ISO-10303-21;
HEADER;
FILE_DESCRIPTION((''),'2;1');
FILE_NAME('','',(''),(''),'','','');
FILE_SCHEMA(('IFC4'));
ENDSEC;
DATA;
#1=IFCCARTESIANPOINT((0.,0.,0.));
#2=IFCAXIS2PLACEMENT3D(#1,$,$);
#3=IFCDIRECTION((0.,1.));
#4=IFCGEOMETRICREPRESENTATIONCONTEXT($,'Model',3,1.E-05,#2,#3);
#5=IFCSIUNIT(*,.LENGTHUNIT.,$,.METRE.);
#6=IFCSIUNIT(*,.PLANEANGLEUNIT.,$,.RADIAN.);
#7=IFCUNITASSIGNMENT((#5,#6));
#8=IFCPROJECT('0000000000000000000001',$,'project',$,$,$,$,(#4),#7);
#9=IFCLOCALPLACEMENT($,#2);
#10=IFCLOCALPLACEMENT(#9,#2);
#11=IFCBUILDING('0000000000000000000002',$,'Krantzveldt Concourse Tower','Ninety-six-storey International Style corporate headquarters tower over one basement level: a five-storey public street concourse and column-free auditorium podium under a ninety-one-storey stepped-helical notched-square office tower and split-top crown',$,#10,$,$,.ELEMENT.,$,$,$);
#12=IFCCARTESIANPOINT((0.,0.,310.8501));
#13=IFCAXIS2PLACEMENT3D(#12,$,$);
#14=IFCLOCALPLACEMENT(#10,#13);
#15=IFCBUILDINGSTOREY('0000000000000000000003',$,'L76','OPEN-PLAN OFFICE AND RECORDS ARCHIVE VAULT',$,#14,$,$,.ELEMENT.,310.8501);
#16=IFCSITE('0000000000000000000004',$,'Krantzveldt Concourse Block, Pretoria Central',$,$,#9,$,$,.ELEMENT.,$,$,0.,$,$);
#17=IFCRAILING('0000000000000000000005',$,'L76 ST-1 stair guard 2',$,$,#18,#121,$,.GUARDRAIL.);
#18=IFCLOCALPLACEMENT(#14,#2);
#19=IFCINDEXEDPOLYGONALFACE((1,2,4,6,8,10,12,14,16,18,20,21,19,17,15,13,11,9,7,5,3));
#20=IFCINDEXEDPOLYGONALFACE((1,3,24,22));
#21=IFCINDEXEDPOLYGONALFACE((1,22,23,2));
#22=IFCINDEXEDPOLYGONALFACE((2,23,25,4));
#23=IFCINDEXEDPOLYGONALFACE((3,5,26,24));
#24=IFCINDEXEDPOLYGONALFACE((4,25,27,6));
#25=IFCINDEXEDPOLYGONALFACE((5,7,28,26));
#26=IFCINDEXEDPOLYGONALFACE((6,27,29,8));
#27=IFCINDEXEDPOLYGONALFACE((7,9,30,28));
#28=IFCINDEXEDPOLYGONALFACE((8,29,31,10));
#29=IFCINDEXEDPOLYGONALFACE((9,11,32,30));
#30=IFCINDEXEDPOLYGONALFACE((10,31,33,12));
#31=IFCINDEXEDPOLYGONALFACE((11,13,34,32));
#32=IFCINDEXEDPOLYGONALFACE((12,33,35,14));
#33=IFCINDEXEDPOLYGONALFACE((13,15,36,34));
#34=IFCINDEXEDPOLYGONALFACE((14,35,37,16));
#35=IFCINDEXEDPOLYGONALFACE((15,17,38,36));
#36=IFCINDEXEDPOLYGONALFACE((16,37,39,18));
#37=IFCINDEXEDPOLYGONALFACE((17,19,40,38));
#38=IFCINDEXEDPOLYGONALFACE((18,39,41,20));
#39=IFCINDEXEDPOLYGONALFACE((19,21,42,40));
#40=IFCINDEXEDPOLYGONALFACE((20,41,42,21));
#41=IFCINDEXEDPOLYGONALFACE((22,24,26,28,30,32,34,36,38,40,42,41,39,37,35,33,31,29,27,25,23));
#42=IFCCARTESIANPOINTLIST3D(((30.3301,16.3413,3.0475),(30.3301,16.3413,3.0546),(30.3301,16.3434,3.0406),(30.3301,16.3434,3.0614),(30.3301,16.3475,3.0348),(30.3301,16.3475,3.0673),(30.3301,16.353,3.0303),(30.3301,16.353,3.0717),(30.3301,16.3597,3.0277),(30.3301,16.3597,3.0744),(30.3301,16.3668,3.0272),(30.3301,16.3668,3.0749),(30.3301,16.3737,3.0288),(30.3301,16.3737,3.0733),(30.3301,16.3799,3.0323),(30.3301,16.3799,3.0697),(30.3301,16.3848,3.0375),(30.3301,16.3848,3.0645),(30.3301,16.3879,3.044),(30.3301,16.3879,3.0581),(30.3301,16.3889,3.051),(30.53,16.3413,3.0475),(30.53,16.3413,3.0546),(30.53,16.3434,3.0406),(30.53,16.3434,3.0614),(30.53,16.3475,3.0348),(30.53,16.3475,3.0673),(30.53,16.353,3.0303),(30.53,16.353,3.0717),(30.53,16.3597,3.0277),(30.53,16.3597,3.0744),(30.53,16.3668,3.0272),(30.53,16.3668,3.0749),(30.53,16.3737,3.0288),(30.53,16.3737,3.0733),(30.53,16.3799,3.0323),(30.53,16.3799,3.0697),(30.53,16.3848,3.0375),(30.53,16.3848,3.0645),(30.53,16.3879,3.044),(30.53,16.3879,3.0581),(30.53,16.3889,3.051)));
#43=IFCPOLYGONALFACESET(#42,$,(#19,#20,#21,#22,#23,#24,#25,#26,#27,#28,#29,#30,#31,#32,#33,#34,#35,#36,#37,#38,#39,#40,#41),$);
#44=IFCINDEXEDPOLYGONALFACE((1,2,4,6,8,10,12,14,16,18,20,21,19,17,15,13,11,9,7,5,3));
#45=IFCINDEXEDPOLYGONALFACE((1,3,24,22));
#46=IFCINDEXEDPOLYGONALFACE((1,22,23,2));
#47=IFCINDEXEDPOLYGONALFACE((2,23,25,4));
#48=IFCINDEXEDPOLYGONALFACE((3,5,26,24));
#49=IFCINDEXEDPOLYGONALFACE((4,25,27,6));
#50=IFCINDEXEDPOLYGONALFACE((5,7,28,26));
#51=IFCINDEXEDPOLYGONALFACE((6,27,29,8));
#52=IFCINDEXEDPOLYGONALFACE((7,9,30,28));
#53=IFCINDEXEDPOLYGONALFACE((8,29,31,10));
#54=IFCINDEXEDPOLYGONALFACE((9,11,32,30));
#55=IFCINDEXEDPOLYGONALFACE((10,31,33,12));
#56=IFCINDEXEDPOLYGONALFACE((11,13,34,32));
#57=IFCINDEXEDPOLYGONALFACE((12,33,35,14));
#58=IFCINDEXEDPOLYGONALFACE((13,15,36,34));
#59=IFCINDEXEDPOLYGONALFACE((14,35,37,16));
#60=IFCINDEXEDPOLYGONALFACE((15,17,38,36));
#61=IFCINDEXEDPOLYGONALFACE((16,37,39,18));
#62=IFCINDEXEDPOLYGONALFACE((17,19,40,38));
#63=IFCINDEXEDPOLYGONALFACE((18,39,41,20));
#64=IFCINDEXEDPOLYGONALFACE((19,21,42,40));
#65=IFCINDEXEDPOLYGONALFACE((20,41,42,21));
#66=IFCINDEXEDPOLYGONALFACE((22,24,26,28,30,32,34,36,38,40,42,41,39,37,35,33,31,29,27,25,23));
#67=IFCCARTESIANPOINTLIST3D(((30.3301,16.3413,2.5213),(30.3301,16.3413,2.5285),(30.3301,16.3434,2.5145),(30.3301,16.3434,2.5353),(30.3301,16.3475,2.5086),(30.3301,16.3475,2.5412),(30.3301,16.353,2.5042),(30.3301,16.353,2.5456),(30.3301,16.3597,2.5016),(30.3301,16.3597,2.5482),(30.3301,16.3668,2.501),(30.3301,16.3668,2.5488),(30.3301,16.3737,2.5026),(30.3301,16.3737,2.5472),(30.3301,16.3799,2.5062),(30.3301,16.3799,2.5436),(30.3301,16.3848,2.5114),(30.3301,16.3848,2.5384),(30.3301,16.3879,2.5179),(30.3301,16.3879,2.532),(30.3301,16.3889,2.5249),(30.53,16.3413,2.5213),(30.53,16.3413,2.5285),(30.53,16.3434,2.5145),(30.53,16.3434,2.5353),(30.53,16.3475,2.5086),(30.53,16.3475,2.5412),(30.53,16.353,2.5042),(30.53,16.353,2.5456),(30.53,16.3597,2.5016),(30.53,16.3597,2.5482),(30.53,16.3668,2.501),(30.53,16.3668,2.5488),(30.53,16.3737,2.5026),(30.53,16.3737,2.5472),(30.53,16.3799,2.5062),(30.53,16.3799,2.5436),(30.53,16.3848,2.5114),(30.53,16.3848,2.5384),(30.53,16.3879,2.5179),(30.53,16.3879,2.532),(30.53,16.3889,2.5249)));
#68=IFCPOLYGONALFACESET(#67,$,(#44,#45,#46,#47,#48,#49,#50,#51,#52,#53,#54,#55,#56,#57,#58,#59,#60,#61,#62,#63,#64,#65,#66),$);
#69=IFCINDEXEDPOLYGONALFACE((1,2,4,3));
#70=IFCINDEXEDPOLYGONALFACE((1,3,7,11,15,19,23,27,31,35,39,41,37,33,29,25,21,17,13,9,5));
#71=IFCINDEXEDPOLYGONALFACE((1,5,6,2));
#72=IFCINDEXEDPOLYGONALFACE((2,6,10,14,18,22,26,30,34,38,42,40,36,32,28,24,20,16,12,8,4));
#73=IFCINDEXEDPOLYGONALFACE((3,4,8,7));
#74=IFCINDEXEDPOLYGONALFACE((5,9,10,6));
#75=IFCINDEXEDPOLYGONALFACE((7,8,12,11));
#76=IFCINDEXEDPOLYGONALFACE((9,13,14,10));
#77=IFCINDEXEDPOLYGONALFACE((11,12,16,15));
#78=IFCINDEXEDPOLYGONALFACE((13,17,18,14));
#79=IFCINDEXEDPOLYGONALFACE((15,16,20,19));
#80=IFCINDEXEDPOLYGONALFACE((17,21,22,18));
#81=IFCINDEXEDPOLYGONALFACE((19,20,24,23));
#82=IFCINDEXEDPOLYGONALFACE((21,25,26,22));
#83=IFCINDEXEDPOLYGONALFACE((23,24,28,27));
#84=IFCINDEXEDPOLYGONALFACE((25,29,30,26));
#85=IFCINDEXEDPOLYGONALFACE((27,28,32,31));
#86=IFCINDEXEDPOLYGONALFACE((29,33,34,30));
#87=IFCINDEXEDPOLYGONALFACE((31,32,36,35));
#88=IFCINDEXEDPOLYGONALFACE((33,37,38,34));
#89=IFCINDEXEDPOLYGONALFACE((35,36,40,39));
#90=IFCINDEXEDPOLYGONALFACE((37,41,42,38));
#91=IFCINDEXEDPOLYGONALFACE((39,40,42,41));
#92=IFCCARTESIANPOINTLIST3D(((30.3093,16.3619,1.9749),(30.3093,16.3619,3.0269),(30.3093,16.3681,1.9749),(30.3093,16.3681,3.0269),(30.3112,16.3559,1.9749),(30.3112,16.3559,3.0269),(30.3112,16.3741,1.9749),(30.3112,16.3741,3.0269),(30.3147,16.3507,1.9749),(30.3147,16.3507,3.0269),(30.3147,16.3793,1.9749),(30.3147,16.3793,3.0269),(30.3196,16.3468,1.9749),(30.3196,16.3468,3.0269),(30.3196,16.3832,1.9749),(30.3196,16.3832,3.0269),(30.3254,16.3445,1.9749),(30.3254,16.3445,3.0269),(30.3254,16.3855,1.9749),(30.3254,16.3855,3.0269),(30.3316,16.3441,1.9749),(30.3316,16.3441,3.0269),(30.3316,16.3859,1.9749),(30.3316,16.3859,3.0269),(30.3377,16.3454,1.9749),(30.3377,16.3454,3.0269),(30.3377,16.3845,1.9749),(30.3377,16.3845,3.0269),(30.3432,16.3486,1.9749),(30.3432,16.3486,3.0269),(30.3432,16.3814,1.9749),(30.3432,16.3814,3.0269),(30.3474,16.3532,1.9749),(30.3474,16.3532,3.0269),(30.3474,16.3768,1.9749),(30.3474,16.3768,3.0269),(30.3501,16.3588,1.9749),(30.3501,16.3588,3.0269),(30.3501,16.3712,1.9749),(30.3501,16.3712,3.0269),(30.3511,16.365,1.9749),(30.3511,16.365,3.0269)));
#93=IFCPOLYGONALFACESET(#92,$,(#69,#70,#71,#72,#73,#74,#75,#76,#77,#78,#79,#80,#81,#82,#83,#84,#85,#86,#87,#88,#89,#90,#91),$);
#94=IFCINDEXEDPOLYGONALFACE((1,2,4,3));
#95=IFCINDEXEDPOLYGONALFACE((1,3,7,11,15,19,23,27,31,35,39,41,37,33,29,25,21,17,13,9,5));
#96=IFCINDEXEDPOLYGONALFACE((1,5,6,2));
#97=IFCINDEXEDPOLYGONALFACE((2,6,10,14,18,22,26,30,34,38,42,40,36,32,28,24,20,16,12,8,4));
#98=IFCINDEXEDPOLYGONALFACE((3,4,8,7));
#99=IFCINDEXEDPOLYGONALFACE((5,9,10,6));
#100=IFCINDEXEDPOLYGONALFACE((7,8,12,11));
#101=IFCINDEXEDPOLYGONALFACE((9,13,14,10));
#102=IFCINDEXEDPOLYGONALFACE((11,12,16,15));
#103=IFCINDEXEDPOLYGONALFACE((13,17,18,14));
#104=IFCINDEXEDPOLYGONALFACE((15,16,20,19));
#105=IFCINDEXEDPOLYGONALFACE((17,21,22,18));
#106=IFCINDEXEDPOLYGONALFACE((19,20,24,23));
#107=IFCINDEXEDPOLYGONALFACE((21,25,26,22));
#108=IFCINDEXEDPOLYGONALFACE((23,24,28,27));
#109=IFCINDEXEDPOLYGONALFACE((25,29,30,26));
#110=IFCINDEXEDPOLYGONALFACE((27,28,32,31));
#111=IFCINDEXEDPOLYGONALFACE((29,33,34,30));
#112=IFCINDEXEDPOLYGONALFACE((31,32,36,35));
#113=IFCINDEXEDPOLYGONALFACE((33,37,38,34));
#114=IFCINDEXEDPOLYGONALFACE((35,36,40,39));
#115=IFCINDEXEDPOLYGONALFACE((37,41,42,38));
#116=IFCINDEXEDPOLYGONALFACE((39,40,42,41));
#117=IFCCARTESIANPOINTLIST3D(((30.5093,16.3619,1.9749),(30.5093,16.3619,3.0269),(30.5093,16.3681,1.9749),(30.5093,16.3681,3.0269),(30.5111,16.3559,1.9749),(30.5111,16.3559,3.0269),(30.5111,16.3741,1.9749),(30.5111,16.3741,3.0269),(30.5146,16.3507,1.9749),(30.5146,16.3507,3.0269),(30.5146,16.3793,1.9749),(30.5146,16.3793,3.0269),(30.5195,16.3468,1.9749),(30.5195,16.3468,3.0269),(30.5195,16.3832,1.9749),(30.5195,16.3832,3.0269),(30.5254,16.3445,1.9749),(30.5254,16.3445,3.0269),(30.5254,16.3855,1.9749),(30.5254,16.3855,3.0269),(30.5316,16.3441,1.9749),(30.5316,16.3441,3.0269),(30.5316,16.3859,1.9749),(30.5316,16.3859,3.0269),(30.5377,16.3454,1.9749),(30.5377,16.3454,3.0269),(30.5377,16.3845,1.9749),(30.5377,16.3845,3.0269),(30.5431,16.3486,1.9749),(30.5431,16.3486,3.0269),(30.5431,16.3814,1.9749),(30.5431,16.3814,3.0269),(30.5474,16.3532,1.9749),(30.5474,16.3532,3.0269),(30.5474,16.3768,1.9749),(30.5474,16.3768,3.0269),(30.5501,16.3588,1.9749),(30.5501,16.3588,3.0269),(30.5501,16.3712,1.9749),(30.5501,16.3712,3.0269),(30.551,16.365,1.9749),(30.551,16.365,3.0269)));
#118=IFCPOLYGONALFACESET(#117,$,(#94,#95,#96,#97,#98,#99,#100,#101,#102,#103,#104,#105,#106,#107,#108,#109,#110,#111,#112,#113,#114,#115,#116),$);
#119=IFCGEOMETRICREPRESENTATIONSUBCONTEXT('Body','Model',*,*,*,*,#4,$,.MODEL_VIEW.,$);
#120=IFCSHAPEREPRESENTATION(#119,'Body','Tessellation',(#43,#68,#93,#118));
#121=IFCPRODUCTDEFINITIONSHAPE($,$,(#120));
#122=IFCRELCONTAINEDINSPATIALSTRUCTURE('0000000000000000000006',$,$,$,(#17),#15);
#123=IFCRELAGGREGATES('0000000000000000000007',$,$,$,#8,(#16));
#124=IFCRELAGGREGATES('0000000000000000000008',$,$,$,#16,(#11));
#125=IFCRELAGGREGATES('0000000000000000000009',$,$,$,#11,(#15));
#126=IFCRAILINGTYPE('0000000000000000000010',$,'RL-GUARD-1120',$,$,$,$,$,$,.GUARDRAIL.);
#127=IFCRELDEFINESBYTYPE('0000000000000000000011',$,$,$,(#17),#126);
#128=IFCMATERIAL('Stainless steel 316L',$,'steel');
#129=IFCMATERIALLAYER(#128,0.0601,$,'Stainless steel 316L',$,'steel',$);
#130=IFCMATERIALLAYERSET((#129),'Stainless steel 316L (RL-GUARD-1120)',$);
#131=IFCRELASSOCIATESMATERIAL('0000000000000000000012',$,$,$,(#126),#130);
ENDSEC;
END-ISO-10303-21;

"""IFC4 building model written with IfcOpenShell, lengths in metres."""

from ifc_helpers import new_model, si_unit, direction, frame, origin, origin_2d, place, context, subcontext, project, spatial, circle, extrude, material, layer, layer_set, type_object, element, save


model = new_model("IFC4")

# Units and contexts
model_context = context("Model", 3, precision=1e-05, world=origin(), true_north=direction((0.0, 1.0)))
body_context = subcontext(model_context, "Body", "Model", "MODEL_VIEW")
ifc_project = project(units=[si_unit("LENGTHUNIT", "METRE"), si_unit("PLANEANGLEUNIT", "RADIAN")], contexts=[model_context])

# Site, building, storey
site_placement = place(None, origin())
site = spatial("IfcSite", under=ifc_project, at=site_placement, Name="Krantzveldt Concourse Block, Pretoria Central", CompositionType="ELEMENT", RefElevation=0.0)
building_placement = place(site_placement, origin())
building = spatial("IfcBuilding", under=site, at=building_placement, Name="Krantzveldt Concourse Tower", Description="Ninety-six-storey International Style corporate headquarters tower over one basement level: a five-storey public street concourse and column-free auditorium podium under a ninety-one-storey stepped-helical notched-square office tower and split-top crown", CompositionType="ELEMENT")
storey_placement = place(building_placement, frame((0.0, 0.0, 310.8501)))
storey = spatial("IfcBuildingStorey", under=building, at=storey_placement, Name="L76", Description="OPEN-PLAN OFFICE AND RECORDS ARCHIVE VAULT", CompositionType="ELEMENT", Elevation=310.8501)

# Shared definitions
ifc_material_1 = material(Name="Stainless steel 316L", Category="steel")

# Railing
ifc_layer_1 = layer(ifc_material_1, 0.0601, Name="Stainless steel 316L", Category="steel")
ifc_layer_set_1 = layer_set([ifc_layer_1], Name="Stainless steel 316L (RL-GUARD-1120)")
railing_type_1 = type_object("IfcRailingType", Name="RL-GUARD-1120", PredefinedType="GUARDRAIL", material=ifc_layer_set_1)
railing_1_placement = place(storey_placement, frame((30.3301, 16.365, 1.9749)))
element("IfcRailing", 1, at=railing_1_placement, inside=storey, type_object=railing_type_1, Name="L76 ST-1 stair guard 2", PredefinedType="GUARDRAIL", context=body_context, shape_type="SweptSolid", body=[
    extrude(circle(Radius=0.0239, at=origin_2d()), frame((0.0, 0.0, 1.0762), z_axis=(1.0, 0.0, 0.0), x_axis=(0.0, 1.0, 0.0)), (0.0, 0.0, 1.0), 0.2),
    extrude(circle(Radius=0.0239, at=origin_2d()), frame((0.0, 0.0, 0.55), z_axis=(1.0, 0.0, 0.0), x_axis=(0.0, 1.0, 0.0)), (0.0, 0.0, 1.0), 0.2),
    extrude(circle(Radius=0.021, at=origin_2d()), origin(), (0.0, 0.0, 1.0), 1.052),
    extrude(circle(Radius=0.021, at=origin_2d()), frame((0.2, 0.0, 0.0)), (0.0, 0.0, 1.0), 1.052),
])

save(model, "model.ifc")
